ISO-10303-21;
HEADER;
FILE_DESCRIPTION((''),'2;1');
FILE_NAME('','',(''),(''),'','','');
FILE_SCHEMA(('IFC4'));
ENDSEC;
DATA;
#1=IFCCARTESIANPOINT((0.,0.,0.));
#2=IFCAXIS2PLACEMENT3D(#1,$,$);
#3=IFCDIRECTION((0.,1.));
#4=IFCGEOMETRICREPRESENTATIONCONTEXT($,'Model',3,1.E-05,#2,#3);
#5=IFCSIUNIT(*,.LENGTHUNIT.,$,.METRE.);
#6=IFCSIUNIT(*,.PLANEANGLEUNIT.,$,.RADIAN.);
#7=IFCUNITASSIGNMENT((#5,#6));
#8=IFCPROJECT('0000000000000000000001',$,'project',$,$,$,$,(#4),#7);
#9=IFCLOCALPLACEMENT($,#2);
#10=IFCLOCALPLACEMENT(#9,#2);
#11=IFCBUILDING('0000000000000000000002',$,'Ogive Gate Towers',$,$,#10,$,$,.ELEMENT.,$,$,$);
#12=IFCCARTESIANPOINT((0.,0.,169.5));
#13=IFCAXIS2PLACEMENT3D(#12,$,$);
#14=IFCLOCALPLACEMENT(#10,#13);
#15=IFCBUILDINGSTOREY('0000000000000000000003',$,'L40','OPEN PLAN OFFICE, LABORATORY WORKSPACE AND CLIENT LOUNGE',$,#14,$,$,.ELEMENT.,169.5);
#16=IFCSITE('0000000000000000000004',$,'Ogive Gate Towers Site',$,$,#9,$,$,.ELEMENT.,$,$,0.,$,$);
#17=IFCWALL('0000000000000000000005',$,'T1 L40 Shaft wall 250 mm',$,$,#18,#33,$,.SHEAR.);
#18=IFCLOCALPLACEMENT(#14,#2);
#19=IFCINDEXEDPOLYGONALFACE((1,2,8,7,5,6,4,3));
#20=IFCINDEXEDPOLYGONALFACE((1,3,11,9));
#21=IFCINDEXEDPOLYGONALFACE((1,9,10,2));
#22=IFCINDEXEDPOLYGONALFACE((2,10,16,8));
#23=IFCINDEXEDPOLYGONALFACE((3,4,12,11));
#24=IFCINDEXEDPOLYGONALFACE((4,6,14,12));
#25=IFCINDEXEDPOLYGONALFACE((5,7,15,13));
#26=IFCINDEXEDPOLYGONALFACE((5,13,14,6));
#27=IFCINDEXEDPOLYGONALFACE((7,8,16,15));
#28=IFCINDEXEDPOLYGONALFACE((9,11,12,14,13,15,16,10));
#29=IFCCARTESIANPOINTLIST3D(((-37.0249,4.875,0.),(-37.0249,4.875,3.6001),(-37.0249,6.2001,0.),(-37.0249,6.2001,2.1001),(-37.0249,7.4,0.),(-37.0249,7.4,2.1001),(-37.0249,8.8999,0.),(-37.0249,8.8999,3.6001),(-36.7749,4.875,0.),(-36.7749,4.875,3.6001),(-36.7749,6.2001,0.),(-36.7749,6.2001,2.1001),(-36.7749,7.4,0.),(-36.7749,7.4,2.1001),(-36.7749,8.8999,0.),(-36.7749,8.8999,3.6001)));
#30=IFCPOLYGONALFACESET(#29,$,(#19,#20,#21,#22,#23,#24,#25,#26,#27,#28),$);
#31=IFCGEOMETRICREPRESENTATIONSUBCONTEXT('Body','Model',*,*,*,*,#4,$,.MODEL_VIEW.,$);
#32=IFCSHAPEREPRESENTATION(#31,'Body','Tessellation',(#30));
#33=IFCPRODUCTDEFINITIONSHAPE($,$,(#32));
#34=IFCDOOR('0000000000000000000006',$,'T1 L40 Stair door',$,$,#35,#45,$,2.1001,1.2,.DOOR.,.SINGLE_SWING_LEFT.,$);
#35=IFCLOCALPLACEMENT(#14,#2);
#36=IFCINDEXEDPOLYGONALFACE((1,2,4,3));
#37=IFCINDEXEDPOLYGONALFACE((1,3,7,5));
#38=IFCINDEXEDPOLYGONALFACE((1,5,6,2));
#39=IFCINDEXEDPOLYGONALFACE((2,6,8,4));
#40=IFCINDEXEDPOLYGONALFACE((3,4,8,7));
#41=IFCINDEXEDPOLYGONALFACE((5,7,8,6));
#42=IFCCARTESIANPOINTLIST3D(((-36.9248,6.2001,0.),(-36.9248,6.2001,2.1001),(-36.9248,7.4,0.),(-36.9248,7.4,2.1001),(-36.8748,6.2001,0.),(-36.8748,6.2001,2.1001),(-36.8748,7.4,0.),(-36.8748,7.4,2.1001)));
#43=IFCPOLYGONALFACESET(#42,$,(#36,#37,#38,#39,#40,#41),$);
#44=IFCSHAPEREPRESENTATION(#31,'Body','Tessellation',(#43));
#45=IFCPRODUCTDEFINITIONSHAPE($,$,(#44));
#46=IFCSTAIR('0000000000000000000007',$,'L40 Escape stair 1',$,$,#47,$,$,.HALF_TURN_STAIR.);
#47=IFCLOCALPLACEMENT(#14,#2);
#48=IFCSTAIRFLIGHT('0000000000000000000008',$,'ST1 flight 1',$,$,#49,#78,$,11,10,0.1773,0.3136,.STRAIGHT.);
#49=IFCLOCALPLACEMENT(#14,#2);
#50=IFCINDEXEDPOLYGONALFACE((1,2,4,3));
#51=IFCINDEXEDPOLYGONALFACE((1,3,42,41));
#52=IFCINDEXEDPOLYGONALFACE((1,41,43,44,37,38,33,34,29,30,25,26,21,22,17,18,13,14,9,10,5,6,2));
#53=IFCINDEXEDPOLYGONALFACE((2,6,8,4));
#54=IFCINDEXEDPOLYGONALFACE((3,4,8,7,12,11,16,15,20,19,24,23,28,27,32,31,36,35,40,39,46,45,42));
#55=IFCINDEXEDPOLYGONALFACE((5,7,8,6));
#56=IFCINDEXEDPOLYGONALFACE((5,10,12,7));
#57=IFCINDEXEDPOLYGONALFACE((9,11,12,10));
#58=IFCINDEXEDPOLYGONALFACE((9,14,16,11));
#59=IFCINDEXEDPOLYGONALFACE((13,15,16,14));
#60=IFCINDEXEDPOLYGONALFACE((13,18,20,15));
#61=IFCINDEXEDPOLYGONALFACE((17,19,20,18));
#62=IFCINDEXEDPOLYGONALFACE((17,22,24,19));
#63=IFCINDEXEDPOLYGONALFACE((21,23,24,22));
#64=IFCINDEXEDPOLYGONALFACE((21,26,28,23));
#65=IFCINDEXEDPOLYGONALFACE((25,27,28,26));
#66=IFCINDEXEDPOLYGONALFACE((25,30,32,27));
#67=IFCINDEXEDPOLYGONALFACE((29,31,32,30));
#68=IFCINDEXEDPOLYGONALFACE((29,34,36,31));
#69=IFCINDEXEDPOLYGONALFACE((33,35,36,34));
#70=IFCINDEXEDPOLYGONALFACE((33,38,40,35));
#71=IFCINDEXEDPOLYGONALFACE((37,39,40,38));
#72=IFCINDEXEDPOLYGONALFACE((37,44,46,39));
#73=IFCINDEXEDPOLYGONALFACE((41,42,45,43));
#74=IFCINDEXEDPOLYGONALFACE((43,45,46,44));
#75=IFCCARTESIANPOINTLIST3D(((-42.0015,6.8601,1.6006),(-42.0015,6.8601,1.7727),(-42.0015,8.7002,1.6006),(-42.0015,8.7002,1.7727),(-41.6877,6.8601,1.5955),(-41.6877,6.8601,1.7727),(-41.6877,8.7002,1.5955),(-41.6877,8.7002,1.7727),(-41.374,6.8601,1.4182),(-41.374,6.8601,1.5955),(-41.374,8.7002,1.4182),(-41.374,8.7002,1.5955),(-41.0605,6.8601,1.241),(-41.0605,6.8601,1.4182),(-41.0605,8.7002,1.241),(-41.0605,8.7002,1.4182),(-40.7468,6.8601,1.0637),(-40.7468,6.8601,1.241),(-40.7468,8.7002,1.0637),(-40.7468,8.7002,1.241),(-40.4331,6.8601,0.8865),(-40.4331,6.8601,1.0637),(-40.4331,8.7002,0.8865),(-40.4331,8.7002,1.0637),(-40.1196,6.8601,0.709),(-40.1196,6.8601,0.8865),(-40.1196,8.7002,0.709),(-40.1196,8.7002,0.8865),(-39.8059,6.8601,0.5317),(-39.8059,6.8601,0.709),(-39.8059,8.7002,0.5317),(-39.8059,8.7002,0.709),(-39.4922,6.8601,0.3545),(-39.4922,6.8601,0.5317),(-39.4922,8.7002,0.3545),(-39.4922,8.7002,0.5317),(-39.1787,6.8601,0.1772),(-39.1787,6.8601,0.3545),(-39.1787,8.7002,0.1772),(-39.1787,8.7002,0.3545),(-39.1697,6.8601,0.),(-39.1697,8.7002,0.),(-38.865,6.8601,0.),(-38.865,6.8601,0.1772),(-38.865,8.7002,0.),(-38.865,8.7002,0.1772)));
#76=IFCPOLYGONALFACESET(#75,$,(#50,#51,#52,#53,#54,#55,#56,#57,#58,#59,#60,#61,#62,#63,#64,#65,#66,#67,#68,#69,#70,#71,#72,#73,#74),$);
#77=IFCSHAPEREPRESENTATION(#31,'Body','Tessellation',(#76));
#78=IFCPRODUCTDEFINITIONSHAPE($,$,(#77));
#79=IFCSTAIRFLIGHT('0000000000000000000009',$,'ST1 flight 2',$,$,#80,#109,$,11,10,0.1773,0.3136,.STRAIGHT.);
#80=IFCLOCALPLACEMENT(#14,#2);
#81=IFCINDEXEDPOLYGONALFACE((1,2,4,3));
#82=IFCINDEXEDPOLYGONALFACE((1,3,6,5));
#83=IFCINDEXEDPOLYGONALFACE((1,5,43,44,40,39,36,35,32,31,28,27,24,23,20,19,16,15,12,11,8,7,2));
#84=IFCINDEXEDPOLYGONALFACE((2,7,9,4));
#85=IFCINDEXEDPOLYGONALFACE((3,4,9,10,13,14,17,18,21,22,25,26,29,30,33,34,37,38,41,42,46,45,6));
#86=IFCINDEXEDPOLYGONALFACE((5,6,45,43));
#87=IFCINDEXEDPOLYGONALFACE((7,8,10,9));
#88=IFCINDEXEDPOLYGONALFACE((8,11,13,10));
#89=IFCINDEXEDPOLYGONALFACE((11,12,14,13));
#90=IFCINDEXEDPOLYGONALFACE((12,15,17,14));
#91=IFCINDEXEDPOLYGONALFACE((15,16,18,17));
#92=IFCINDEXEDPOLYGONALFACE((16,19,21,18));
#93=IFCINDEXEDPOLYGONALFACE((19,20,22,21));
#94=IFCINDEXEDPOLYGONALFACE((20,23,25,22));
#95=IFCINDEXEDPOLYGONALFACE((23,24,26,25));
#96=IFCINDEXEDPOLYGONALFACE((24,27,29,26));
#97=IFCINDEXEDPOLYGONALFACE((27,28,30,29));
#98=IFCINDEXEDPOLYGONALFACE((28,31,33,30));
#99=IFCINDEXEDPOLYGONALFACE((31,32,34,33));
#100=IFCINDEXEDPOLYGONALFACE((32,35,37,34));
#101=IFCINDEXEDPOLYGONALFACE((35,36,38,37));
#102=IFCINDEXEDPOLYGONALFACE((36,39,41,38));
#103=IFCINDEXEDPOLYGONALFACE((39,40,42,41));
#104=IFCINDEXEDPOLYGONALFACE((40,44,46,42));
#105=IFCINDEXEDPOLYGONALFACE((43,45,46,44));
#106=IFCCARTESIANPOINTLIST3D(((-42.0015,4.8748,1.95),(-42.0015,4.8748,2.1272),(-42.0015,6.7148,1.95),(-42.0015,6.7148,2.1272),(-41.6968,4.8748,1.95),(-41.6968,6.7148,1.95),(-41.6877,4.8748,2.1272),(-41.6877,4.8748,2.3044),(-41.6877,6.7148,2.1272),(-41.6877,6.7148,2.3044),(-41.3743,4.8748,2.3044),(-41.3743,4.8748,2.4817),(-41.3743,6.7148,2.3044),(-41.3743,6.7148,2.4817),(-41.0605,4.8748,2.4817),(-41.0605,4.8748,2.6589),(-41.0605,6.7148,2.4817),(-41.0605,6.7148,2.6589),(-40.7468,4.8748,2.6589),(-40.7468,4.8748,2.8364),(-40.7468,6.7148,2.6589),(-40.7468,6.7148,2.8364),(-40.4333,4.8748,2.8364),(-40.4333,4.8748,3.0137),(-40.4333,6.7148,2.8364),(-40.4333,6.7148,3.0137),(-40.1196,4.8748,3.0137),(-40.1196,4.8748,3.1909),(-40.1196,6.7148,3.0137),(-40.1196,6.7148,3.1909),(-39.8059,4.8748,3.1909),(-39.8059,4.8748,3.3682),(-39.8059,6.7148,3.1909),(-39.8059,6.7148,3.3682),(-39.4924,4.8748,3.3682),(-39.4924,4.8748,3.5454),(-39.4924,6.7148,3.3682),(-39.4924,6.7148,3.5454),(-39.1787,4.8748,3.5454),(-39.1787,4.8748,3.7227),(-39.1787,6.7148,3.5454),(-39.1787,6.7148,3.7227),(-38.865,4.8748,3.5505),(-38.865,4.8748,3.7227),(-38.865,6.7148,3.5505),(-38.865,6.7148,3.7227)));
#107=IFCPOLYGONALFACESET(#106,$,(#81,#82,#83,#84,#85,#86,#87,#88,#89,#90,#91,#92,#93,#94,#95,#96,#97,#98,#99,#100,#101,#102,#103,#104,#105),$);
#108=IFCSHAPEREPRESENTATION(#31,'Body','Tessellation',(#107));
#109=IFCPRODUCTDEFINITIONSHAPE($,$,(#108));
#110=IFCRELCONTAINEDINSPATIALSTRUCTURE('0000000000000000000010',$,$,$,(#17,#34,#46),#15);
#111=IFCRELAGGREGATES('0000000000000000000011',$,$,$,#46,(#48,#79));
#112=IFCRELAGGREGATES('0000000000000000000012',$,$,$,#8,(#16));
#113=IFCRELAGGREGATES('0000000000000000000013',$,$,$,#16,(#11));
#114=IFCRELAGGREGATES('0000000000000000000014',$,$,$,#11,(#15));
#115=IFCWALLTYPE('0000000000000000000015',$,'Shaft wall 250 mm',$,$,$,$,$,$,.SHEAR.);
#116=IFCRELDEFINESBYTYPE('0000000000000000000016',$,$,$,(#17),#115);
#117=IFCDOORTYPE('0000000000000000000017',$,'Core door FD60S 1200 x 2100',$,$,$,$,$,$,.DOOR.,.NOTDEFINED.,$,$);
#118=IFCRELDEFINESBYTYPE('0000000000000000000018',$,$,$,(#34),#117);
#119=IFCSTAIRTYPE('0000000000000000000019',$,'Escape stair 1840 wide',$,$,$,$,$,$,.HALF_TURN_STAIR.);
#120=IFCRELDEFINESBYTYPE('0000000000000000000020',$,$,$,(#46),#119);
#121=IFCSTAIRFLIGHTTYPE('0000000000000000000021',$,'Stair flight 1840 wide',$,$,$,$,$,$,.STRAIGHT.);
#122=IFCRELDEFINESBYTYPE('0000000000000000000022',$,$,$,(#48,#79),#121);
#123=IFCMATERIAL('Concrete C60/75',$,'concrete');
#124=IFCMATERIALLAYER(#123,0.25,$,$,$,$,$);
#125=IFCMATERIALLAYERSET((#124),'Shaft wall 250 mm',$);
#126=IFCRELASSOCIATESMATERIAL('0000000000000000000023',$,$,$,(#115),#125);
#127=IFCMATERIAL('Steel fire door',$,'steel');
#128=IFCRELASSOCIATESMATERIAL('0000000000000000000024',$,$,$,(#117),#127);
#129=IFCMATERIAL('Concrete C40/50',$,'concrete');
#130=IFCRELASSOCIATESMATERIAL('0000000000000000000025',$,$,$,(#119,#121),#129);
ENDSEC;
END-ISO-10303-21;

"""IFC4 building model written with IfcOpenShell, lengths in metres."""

from ifc_helpers import new_model, si_unit, direction, frame, frame_2d, origin, place, context, subcontext, project, spatial, polyline, rectangle, outline, extrude, material, layer, layer_set, type_object, element, fill, aggregate, save


model = new_model("IFC4")

# Units and contexts
model_context = context("Model", 3, precision=1e-05, world=origin(), true_north=direction((0.0, 1.0)))
body_context = subcontext(model_context, "Body", "Model", "MODEL_VIEW")
ifc_project = project(units=[si_unit("LENGTHUNIT", "METRE"), si_unit("PLANEANGLEUNIT", "RADIAN")], contexts=[model_context])

# Site, building, storey
site_placement = place(None, origin())
site = spatial("IfcSite", under=ifc_project, at=site_placement, Name="Ogive Gate Towers Site", CompositionType="ELEMENT", RefElevation=0.0)
building_placement = place(site_placement, origin())
building = spatial("IfcBuilding", under=site, at=building_placement, Name="Ogive Gate Towers", CompositionType="ELEMENT")
storey_placement = place(building_placement, frame((0.0, 0.0, 169.5)))
storey = spatial("IfcBuildingStorey", under=building, at=storey_placement, Name="L40", Description="OPEN PLAN OFFICE, LABORATORY WORKSPACE AND CLIENT LOUNGE", CompositionType="ELEMENT", Elevation=169.5)

# Shared definitions
ifc_material_1 = material(Name="Concrete C60/75", Category="concrete")
ifc_layer_1 = layer(ifc_material_1, 0.25)
ifc_layer_set_1 = layer_set([ifc_layer_1], Name="Shaft wall 250 mm")
wall_type_1 = type_object("IfcWallType", Name="Shaft wall 250 mm", PredefinedType="SHEAR", material=ifc_layer_set_1)

# Wall, opening, door
wall_1_placement = place(storey_placement, frame((-36.8999, 4.875, 0.0), z_axis=(0.0, 0.0, 1.0), x_axis=(0.0, 1.0, 0.0)))
wall_1 = element("IfcWall", 1, at=wall_1_placement, inside=storey, type_object=wall_type_1, Name="T1 L40 Shaft wall 250 mm", PredefinedType="SHEAR", context=body_context, shape_type="SweptSolid", body=[
    extrude(rectangle(XDim=4.0249, YDim=0.25, at=frame_2d((2.0125, 0.0))), origin(), (0.0, 0.0, 1.0), 3.6001),
])
opening_placement = place(wall_1_placement, frame((1.325, 0.0, 0.0)))
opening = element("IfcOpeningElement", 2, at=opening_placement, cuts=wall_1, PredefinedType="OPENING", context=body_context, shape_type="SweptSolid", body=[
    extrude(rectangle(XDim=1.2, YDim=2.1001, at=frame_2d((0.6001, 1.05))), frame((0.0, 0.135, 0.0), z_axis=(0.0, -1.0, 0.0), x_axis=(1.0, 0.0, 0.0)), (0.0, 0.0, 1.0), 0.27),
])
ifc_material_2 = material(Name="Steel fire door", Category="steel")
door_type = type_object("IfcDoorType", Name="Core door FD60S 1200 x 2100", OperationType="NOTDEFINED", PredefinedType="DOOR", material=ifc_material_2)
door_placement = place(opening_placement, origin())
door = element("IfcDoor", 3, at=door_placement, inside=storey, type_object=door_type, Name="T1 L40 Stair door", OperationType="SINGLE_SWING_LEFT", OverallHeight=2.1001, OverallWidth=1.2, PredefinedType="DOOR", context=body_context, shape_type="SweptSolid", body=[
    extrude(rectangle(XDim=1.2, YDim=2.1001, at=frame_2d((0.6001, 1.05))), frame((0.0, 0.0249, 0.0), z_axis=(0.0, -1.0, 0.0), x_axis=(1.0, 0.0, 0.0)), (0.0, 0.0, 1.0), 0.05),
])
fill(opening, door)

# Stair, stair flights
ifc_material_3 = material(Name="Concrete C40/50", Category="concrete")
stair_type = type_object("IfcStairType", Name="Escape stair 1840 wide", PredefinedType="HALF_TURN_STAIR", material=ifc_material_3)
stair_placement = place(storey_placement, origin())
stair = element("IfcStair", 4, at=stair_placement, inside=storey, type_object=stair_type, Name="L40 Escape stair 1", PredefinedType="HALF_TURN_STAIR")
stair_flight_type = type_object("IfcStairFlightType", Name="Stair flight 1840 wide", PredefinedType="STRAIGHT", material=ifc_material_3)
stair_flight_1_placement = place(storey_placement, frame((-38.865, 7.78, 0.0), z_axis=(0.0, 0.0, 1.0), x_axis=(-1.0, 0.0, 0.0)))
stair_flight_1 = element("IfcStairFlight", 5, at=stair_flight_1_placement, type_object=stair_flight_type, Name="ST1 flight 1", NumberOfRisers=11, NumberOfTreads=10, PredefinedType="STRAIGHT", RiserHeight=0.1773, TreadLength=0.3136, context=body_context, shape_type="SweptSolid", body=[
    extrude(outline(polyline([(0.0, 0.0), (0.0, 0.1772), (0.3137, 0.1772), (0.3137, 0.3545), (0.6272, 0.3545), (0.6272, 0.5317), (0.9409, 0.5317), (0.9409, 0.709), (1.2546, 0.709), (1.2546, 0.8865), (1.5681, 0.8865), (1.5681, 1.0637), (1.8818, 1.0637), (1.8818, 1.241), (2.1956, 1.241), (2.1956, 1.4182), (2.509, 1.4182), (2.509, 1.5955), (2.8228, 1.5955), (2.8228, 1.7727), (3.1365, 1.7727), (3.1365, 1.95), (3.1365, 1.6006), (0.3047, 0.0), (0.0, 0.0)])), frame((0.0, 0.9199, 0.0), z_axis=(0.0, -1.0, 0.0), x_axis=(1.0, 0.0, 0.0)), (0.0, 0.0, 1.0), 1.8401),
])
stair_flight_2_placement = place(storey_placement, frame((-42.0015, 5.7949, 1.95), z_axis=(0.0, 0.0, 1.0), x_axis=(1.0, 0.0, 0.0)))
stair_flight_2 = element("IfcStairFlight", 6, at=stair_flight_2_placement, type_object=stair_flight_type, Name="ST1 flight 2", NumberOfRisers=11, NumberOfTreads=10, PredefinedType="STRAIGHT", RiserHeight=0.1773, TreadLength=0.3136, context=body_context, shape_type="SweptSolid", body=[
    extrude(outline(polyline([(0.0, 0.0), (0.0, 0.1772), (0.3137, 0.1772), (0.3137, 0.3545), (0.6272, 0.3545), (0.6272, 0.5317), (0.9409, 0.5317), (0.9409, 0.709), (1.2546, 0.709), (1.2546, 0.8865), (1.5681, 0.8865), (1.5681, 1.0637), (1.8818, 1.0637), (1.8818, 1.241), (2.1956, 1.241), (2.1956, 1.4182), (2.509, 1.4182), (2.509, 1.5955), (2.8228, 1.5955), (2.8228, 1.7727), (3.1365, 1.7727), (3.1365, 1.95), (3.1365, 1.6006), (0.3047, 0.0), (0.0, 0.0)])), frame((0.0, 0.9199, 0.0), z_axis=(0.0, -1.0, 0.0), x_axis=(1.0, 0.0, 0.0)), (0.0, 0.0, 1.0), 1.8401),
])
aggregate(stair, [stair_flight_1, stair_flight_2])

save(model, "model.ifc")
